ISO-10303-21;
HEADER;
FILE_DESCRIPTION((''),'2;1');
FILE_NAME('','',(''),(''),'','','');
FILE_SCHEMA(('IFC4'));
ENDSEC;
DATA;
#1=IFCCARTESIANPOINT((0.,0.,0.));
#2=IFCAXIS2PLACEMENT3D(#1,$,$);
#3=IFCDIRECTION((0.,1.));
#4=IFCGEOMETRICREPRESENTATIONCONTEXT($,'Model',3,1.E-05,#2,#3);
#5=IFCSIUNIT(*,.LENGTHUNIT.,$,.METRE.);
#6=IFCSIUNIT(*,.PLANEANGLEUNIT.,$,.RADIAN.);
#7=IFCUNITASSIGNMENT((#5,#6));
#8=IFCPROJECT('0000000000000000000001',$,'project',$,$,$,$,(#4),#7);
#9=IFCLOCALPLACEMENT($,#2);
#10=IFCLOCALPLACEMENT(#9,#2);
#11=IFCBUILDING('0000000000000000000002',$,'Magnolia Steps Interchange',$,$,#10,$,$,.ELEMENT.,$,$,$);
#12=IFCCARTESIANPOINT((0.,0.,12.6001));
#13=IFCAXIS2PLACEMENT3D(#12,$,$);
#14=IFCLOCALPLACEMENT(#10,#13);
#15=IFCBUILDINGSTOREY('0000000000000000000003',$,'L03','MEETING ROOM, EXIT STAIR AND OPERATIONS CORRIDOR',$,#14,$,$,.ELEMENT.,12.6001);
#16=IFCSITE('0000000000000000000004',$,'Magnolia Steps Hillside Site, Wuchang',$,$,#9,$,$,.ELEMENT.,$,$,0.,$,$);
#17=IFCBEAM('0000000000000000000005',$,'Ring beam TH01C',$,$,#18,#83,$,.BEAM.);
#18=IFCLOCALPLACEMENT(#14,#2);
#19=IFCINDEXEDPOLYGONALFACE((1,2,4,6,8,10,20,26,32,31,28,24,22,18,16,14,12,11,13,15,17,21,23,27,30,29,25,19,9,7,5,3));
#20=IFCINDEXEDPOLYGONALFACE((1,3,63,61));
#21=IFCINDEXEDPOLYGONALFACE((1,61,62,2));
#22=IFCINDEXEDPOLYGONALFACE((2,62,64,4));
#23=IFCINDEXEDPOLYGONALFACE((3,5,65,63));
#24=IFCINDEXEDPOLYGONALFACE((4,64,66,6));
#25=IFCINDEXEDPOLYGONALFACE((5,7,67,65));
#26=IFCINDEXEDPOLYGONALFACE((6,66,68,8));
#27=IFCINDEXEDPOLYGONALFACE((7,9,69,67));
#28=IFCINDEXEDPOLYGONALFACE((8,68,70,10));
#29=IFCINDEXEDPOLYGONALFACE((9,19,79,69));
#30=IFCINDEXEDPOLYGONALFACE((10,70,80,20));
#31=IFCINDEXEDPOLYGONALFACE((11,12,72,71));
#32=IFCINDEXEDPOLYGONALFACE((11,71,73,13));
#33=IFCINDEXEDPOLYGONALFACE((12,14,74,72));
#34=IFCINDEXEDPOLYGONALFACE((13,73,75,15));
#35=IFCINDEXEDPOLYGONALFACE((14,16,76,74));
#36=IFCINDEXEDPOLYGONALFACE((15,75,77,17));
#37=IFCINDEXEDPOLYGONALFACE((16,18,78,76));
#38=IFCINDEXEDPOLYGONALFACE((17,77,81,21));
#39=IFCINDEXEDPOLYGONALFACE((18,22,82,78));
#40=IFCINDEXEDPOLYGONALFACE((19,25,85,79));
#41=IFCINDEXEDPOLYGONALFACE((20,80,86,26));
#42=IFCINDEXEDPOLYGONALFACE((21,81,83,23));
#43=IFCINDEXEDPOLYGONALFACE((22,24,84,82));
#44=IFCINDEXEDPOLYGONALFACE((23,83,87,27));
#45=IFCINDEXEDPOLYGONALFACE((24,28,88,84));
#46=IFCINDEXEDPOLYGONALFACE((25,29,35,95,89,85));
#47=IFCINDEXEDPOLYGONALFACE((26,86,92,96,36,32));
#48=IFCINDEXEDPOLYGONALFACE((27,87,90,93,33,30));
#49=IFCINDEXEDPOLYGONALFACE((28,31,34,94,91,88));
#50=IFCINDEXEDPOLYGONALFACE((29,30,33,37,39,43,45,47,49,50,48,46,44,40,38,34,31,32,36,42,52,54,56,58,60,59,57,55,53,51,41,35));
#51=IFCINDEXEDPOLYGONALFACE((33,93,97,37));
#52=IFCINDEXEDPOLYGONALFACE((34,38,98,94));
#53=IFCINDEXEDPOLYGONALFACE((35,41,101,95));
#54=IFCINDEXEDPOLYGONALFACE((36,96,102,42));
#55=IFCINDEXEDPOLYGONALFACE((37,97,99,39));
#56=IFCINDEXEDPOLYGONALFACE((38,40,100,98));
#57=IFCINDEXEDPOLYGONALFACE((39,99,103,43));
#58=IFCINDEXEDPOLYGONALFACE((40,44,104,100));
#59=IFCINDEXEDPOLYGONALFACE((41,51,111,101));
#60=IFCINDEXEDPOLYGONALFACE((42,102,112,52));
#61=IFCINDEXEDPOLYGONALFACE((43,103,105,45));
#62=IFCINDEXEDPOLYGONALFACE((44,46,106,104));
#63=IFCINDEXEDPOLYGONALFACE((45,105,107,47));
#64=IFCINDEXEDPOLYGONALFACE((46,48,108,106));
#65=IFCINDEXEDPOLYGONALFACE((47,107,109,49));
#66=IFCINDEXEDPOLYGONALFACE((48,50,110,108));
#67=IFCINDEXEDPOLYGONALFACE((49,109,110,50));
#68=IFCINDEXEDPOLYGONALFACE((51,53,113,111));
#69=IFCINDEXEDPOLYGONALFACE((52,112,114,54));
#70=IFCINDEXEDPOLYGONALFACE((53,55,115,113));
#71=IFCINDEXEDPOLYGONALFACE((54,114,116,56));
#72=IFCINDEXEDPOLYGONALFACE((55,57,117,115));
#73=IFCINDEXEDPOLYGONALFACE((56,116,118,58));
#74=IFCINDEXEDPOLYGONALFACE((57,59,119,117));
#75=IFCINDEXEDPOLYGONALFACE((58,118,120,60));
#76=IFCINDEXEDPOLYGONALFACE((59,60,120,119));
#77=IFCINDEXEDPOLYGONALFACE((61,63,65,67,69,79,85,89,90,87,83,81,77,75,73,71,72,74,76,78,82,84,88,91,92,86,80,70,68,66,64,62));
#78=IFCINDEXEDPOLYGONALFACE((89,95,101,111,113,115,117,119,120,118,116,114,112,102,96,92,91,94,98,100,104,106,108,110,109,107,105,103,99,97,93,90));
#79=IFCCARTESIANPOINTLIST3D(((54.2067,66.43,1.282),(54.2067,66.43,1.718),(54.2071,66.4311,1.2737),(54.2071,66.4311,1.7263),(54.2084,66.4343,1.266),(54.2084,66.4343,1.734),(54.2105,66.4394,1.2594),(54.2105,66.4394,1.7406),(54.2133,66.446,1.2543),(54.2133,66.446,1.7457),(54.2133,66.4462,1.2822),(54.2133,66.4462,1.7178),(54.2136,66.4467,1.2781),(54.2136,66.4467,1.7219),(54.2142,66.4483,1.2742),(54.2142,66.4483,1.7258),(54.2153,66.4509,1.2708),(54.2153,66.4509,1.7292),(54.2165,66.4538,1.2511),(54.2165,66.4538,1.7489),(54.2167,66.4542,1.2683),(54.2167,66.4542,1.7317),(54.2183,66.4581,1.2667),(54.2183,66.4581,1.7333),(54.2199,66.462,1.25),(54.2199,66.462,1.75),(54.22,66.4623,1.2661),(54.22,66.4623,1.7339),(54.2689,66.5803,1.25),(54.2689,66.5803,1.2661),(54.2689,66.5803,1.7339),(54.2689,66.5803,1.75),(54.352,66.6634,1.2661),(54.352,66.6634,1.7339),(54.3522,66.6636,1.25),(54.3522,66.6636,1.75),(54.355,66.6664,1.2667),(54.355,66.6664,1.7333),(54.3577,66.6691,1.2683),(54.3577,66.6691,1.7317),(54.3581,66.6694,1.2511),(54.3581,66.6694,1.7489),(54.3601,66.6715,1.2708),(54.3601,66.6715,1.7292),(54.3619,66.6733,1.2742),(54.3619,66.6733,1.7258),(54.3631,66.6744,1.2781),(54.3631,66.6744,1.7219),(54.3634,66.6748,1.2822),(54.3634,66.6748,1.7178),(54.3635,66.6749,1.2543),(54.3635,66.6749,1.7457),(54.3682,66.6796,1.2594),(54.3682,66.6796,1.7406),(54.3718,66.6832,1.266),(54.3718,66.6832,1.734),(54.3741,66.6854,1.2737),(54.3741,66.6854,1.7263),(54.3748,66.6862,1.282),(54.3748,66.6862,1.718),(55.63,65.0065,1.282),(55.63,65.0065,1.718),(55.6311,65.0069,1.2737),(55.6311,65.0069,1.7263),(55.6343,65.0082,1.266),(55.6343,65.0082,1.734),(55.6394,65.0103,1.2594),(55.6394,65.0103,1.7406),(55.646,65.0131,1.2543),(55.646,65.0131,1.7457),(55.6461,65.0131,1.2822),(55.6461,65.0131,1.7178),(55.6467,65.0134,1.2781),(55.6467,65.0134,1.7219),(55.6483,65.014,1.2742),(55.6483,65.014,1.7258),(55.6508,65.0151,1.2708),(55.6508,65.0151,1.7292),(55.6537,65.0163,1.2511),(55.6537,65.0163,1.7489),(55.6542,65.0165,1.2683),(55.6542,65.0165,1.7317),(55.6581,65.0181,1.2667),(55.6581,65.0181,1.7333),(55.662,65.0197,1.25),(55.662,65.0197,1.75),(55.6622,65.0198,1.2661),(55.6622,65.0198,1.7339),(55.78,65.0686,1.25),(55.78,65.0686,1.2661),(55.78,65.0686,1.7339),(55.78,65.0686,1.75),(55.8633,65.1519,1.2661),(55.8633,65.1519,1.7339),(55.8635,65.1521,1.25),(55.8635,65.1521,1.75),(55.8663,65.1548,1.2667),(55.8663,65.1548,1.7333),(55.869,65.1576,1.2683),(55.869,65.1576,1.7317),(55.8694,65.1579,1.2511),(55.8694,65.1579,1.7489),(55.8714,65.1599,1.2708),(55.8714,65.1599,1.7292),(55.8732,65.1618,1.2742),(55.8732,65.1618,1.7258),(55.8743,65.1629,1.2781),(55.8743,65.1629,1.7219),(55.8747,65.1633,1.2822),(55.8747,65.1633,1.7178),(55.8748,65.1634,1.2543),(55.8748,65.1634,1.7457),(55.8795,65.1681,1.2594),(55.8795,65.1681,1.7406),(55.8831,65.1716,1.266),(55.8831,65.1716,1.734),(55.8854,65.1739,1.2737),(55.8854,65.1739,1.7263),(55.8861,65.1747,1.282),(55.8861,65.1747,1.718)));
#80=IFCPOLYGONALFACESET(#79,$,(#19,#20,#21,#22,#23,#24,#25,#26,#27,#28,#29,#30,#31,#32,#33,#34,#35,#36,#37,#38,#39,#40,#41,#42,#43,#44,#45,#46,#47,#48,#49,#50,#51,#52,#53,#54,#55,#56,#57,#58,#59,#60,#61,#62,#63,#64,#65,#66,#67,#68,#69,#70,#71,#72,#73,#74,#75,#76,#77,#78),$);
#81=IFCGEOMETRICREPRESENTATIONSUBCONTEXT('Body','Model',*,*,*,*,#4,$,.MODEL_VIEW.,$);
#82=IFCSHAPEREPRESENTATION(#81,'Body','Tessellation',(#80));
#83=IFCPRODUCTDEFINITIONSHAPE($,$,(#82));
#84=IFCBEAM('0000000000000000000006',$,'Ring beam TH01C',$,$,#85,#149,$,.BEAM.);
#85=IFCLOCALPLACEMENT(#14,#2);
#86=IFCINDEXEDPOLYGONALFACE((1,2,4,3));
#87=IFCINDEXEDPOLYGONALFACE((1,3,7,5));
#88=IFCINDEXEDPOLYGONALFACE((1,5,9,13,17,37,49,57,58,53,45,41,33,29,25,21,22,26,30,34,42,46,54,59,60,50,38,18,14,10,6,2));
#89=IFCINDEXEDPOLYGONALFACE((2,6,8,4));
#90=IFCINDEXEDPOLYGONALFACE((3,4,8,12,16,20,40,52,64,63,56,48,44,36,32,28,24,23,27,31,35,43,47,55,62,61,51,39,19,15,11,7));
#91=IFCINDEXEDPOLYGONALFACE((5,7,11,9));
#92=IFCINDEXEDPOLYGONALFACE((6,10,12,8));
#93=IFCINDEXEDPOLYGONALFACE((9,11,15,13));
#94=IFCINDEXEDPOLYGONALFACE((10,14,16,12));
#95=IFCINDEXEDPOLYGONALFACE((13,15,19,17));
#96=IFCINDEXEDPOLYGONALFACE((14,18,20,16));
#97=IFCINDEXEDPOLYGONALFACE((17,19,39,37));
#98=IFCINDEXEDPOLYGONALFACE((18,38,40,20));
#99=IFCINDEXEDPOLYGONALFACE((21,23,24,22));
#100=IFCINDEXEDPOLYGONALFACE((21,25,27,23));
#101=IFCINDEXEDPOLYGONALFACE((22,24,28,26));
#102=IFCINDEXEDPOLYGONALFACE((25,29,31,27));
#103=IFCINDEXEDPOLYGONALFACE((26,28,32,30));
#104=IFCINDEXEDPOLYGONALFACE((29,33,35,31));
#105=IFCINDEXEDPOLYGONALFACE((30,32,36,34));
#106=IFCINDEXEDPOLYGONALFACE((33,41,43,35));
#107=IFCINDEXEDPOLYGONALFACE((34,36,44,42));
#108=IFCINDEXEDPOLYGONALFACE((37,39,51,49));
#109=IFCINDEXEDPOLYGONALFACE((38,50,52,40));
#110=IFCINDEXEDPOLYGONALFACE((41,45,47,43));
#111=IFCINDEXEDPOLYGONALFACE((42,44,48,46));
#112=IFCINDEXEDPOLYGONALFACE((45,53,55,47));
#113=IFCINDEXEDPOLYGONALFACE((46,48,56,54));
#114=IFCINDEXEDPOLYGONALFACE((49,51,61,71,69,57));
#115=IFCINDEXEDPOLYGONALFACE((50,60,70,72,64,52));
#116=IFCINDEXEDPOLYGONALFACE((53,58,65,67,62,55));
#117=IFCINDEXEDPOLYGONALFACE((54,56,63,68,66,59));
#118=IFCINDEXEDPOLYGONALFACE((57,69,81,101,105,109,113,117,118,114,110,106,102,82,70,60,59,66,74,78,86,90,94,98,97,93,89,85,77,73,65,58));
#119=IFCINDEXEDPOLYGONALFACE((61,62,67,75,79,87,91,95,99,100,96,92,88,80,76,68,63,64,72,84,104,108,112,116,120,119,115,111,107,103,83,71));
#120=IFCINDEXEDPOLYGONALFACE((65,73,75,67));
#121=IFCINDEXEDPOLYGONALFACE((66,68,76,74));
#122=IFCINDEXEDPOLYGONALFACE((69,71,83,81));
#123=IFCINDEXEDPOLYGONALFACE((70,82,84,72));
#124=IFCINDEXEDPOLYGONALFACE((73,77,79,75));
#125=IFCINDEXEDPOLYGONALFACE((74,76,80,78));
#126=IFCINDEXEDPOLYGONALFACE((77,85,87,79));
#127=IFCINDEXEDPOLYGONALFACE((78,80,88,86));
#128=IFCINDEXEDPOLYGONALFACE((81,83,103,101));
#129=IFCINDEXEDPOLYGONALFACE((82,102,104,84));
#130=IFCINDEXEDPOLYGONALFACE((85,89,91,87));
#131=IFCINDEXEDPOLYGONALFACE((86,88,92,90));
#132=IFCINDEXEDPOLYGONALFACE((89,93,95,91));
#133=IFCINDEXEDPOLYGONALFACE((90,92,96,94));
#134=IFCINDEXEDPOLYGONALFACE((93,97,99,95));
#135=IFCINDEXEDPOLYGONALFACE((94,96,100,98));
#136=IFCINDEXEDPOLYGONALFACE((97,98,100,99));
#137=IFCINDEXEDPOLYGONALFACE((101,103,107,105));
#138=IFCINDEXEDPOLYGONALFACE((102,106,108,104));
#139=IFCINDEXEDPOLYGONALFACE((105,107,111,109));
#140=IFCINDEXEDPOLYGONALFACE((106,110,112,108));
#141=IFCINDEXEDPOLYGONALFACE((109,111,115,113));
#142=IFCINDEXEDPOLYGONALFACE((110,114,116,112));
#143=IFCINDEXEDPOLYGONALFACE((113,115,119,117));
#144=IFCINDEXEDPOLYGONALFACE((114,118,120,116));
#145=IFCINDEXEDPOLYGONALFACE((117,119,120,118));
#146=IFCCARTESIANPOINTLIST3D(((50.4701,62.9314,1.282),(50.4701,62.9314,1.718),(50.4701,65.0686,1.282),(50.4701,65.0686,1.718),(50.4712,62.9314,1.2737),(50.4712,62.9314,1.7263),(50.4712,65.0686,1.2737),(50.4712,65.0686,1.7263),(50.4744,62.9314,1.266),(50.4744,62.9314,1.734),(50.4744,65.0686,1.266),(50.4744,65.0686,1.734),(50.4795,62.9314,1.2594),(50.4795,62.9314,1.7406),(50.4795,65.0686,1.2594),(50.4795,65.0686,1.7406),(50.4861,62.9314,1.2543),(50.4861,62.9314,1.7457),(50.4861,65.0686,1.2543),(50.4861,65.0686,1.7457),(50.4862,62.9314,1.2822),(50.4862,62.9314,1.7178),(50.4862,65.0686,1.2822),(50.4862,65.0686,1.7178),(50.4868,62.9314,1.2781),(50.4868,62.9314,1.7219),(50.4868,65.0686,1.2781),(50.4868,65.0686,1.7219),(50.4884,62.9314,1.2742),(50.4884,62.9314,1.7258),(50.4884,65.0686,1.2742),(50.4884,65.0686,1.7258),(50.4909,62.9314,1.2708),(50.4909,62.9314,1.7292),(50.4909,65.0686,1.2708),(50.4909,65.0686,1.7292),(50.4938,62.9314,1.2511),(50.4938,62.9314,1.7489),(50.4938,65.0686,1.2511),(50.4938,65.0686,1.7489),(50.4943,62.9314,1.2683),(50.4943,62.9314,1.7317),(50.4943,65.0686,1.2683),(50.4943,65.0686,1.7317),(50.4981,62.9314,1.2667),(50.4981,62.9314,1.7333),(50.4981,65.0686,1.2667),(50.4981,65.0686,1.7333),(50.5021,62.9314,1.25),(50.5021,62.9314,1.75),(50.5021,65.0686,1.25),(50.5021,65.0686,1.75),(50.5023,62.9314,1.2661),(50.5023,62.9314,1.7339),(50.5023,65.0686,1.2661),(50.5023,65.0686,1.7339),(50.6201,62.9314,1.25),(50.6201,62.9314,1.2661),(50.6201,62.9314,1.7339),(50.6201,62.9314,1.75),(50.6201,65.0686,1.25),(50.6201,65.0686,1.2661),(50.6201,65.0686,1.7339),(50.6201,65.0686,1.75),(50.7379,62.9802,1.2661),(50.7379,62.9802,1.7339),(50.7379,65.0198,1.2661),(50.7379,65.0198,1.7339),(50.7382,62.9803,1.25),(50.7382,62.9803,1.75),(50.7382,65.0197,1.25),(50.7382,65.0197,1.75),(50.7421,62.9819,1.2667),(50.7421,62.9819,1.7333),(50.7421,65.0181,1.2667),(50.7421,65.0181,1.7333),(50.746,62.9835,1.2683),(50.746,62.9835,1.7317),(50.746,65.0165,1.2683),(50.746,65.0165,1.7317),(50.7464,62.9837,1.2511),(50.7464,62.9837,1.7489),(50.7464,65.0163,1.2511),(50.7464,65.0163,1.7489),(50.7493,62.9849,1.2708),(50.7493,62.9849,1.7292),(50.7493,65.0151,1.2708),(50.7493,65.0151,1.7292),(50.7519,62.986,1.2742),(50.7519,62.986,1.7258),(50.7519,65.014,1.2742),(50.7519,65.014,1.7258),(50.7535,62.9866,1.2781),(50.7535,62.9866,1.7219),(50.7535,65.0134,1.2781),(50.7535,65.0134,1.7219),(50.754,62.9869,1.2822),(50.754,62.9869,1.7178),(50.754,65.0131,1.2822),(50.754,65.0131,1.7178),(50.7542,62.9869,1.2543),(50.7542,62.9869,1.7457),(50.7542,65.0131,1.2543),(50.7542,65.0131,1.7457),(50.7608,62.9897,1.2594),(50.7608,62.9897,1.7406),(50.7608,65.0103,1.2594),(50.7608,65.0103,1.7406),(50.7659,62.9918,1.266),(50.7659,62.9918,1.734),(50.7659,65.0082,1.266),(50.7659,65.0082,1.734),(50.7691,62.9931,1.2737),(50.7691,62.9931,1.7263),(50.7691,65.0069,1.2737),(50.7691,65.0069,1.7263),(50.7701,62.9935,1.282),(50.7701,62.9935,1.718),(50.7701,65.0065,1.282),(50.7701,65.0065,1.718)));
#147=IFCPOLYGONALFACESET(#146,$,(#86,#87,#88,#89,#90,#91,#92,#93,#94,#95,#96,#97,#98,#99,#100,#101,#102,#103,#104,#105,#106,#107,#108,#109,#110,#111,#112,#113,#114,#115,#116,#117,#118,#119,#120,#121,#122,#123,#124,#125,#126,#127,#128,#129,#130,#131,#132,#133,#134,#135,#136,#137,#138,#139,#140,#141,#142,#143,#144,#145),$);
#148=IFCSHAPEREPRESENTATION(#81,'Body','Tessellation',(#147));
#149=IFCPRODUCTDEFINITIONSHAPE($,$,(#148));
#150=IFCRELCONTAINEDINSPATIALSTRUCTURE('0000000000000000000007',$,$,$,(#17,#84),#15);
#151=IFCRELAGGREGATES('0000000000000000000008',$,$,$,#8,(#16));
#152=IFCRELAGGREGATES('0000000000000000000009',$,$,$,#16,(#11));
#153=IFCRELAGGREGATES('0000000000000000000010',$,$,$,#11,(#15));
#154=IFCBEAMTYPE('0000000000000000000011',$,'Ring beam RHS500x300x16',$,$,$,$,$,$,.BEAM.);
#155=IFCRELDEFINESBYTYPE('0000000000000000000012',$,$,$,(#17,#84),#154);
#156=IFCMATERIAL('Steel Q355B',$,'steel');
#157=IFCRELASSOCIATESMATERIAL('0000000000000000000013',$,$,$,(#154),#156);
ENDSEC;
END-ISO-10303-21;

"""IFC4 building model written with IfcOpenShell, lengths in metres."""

from ifc_helpers import new_model, si_unit, direction, frame, origin, origin_2d, place, context, subcontext, project, spatial, hollow_rectangle, extrude, clip, halfspace, material, material_profile, profile_set, type_object, element, save


model = new_model("IFC4")

# Units and contexts
model_context = context("Model", 3, precision=1e-05, world=origin(), true_north=direction((0.0, 1.0)))
body_context = subcontext(model_context, "Body", "Model", "MODEL_VIEW")
ifc_project = project(units=[si_unit("LENGTHUNIT", "METRE"), si_unit("PLANEANGLEUNIT", "RADIAN")], contexts=[model_context])

# Site, building, storey
site_placement = place(None, origin())
site = spatial("IfcSite", under=ifc_project, at=site_placement, Name="Magnolia Steps Hillside Site, Wuchang", CompositionType="ELEMENT", RefElevation=0.0)
building_placement = place(site_placement, origin())
building = spatial("IfcBuilding", under=site, at=building_placement, Name="Magnolia Steps Interchange", CompositionType="ELEMENT")
storey_placement = place(building_placement, frame((0.0, 0.0, 12.6001)))
storey = spatial("IfcBuildingStorey", under=building, at=storey_placement, Name="L03", Description="MEETING ROOM, EXIT STAIR AND OPERATIONS CORRIDOR", CompositionType="ELEMENT", Elevation=12.6001)

# Beams
ifc_material_1 = material(Name="Steel Q355B", Category="steel")
ifc_material_profile_1 = material_profile(ifc_material_1, hollow_rectangle(XDim=0.3, YDim=0.5, WallThickness=0.0161, InnerFilletRadius=0.0161, OuterFilletRadius=0.032, at=origin_2d()), Name="RHS500x300x16")
ifc_profile_set_1 = profile_set([ifc_material_profile_1], Name="Steel Q355B")
beam_type_1 = type_object("IfcBeamType", Name="Ring beam RHS500x300x16", PredefinedType="BEAM", material=ifc_profile_set_1)
beam_1_placement = place(storey_placement, frame((55.78, 65.0686, 1.5), z_axis=(-0.70705, 0.707164, 0.0), x_axis=(-0.707164, -0.70705, 0.0)))
element("IfcBeam", 1, at=beam_1_placement, inside=storey, type_object=beam_type_1, Name="Ring beam TH01C", PredefinedType="BEAM", context=body_context, shape_type="Clipping", body=[
    clip(clip(extrude(hollow_rectangle(XDim=0.3, YDim=0.5, WallThickness=0.0161, InnerFilletRadius=0.0161, OuterFilletRadius=0.032, at=origin_2d()), origin(), (0.0, 0.0, 1.0), 2.1375), halfspace(frame((0.0, 0.0, 0.0), z_axis=(0.382609, 0.0, -0.92391), x_axis=(0.92391, 0.0, 0.382609)), False)), halfspace(frame((0.0, 0.0, 2.1374), z_axis=(0.382758, 0.0, 0.923849), x_axis=(0.923849, 0.0, -0.382758)), False)),
])
beam_2_placement = place(storey_placement, frame((50.6201, 65.0686, 1.5), z_axis=(0.0, -1.0, 0.0), x_axis=(1.0, 0.0, 0.0)))
element("IfcBeam", 2, at=beam_2_placement, inside=storey, type_object=beam_type_1, Name="Ring beam TH01C", PredefinedType="BEAM", context=body_context, shape_type="Clipping", body=[
    clip(clip(extrude(hollow_rectangle(XDim=0.3, YDim=0.5, WallThickness=0.0161, InnerFilletRadius=0.0161, OuterFilletRadius=0.032, at=origin_2d()), origin(), (0.0, 0.0, 1.0), 2.1372), halfspace(frame((0.0, 0.0, 0.0), z_axis=(0.382683, 0.0, -0.92388), x_axis=(0.92388, 0.0, 0.382683)), False)), halfspace(frame((0.0, 0.0, 2.1372), z_axis=(0.382683, 0.0, 0.92388), x_axis=(0.92388, 0.0, -0.382683)), False)),
])

save(model, "model.ifc")
